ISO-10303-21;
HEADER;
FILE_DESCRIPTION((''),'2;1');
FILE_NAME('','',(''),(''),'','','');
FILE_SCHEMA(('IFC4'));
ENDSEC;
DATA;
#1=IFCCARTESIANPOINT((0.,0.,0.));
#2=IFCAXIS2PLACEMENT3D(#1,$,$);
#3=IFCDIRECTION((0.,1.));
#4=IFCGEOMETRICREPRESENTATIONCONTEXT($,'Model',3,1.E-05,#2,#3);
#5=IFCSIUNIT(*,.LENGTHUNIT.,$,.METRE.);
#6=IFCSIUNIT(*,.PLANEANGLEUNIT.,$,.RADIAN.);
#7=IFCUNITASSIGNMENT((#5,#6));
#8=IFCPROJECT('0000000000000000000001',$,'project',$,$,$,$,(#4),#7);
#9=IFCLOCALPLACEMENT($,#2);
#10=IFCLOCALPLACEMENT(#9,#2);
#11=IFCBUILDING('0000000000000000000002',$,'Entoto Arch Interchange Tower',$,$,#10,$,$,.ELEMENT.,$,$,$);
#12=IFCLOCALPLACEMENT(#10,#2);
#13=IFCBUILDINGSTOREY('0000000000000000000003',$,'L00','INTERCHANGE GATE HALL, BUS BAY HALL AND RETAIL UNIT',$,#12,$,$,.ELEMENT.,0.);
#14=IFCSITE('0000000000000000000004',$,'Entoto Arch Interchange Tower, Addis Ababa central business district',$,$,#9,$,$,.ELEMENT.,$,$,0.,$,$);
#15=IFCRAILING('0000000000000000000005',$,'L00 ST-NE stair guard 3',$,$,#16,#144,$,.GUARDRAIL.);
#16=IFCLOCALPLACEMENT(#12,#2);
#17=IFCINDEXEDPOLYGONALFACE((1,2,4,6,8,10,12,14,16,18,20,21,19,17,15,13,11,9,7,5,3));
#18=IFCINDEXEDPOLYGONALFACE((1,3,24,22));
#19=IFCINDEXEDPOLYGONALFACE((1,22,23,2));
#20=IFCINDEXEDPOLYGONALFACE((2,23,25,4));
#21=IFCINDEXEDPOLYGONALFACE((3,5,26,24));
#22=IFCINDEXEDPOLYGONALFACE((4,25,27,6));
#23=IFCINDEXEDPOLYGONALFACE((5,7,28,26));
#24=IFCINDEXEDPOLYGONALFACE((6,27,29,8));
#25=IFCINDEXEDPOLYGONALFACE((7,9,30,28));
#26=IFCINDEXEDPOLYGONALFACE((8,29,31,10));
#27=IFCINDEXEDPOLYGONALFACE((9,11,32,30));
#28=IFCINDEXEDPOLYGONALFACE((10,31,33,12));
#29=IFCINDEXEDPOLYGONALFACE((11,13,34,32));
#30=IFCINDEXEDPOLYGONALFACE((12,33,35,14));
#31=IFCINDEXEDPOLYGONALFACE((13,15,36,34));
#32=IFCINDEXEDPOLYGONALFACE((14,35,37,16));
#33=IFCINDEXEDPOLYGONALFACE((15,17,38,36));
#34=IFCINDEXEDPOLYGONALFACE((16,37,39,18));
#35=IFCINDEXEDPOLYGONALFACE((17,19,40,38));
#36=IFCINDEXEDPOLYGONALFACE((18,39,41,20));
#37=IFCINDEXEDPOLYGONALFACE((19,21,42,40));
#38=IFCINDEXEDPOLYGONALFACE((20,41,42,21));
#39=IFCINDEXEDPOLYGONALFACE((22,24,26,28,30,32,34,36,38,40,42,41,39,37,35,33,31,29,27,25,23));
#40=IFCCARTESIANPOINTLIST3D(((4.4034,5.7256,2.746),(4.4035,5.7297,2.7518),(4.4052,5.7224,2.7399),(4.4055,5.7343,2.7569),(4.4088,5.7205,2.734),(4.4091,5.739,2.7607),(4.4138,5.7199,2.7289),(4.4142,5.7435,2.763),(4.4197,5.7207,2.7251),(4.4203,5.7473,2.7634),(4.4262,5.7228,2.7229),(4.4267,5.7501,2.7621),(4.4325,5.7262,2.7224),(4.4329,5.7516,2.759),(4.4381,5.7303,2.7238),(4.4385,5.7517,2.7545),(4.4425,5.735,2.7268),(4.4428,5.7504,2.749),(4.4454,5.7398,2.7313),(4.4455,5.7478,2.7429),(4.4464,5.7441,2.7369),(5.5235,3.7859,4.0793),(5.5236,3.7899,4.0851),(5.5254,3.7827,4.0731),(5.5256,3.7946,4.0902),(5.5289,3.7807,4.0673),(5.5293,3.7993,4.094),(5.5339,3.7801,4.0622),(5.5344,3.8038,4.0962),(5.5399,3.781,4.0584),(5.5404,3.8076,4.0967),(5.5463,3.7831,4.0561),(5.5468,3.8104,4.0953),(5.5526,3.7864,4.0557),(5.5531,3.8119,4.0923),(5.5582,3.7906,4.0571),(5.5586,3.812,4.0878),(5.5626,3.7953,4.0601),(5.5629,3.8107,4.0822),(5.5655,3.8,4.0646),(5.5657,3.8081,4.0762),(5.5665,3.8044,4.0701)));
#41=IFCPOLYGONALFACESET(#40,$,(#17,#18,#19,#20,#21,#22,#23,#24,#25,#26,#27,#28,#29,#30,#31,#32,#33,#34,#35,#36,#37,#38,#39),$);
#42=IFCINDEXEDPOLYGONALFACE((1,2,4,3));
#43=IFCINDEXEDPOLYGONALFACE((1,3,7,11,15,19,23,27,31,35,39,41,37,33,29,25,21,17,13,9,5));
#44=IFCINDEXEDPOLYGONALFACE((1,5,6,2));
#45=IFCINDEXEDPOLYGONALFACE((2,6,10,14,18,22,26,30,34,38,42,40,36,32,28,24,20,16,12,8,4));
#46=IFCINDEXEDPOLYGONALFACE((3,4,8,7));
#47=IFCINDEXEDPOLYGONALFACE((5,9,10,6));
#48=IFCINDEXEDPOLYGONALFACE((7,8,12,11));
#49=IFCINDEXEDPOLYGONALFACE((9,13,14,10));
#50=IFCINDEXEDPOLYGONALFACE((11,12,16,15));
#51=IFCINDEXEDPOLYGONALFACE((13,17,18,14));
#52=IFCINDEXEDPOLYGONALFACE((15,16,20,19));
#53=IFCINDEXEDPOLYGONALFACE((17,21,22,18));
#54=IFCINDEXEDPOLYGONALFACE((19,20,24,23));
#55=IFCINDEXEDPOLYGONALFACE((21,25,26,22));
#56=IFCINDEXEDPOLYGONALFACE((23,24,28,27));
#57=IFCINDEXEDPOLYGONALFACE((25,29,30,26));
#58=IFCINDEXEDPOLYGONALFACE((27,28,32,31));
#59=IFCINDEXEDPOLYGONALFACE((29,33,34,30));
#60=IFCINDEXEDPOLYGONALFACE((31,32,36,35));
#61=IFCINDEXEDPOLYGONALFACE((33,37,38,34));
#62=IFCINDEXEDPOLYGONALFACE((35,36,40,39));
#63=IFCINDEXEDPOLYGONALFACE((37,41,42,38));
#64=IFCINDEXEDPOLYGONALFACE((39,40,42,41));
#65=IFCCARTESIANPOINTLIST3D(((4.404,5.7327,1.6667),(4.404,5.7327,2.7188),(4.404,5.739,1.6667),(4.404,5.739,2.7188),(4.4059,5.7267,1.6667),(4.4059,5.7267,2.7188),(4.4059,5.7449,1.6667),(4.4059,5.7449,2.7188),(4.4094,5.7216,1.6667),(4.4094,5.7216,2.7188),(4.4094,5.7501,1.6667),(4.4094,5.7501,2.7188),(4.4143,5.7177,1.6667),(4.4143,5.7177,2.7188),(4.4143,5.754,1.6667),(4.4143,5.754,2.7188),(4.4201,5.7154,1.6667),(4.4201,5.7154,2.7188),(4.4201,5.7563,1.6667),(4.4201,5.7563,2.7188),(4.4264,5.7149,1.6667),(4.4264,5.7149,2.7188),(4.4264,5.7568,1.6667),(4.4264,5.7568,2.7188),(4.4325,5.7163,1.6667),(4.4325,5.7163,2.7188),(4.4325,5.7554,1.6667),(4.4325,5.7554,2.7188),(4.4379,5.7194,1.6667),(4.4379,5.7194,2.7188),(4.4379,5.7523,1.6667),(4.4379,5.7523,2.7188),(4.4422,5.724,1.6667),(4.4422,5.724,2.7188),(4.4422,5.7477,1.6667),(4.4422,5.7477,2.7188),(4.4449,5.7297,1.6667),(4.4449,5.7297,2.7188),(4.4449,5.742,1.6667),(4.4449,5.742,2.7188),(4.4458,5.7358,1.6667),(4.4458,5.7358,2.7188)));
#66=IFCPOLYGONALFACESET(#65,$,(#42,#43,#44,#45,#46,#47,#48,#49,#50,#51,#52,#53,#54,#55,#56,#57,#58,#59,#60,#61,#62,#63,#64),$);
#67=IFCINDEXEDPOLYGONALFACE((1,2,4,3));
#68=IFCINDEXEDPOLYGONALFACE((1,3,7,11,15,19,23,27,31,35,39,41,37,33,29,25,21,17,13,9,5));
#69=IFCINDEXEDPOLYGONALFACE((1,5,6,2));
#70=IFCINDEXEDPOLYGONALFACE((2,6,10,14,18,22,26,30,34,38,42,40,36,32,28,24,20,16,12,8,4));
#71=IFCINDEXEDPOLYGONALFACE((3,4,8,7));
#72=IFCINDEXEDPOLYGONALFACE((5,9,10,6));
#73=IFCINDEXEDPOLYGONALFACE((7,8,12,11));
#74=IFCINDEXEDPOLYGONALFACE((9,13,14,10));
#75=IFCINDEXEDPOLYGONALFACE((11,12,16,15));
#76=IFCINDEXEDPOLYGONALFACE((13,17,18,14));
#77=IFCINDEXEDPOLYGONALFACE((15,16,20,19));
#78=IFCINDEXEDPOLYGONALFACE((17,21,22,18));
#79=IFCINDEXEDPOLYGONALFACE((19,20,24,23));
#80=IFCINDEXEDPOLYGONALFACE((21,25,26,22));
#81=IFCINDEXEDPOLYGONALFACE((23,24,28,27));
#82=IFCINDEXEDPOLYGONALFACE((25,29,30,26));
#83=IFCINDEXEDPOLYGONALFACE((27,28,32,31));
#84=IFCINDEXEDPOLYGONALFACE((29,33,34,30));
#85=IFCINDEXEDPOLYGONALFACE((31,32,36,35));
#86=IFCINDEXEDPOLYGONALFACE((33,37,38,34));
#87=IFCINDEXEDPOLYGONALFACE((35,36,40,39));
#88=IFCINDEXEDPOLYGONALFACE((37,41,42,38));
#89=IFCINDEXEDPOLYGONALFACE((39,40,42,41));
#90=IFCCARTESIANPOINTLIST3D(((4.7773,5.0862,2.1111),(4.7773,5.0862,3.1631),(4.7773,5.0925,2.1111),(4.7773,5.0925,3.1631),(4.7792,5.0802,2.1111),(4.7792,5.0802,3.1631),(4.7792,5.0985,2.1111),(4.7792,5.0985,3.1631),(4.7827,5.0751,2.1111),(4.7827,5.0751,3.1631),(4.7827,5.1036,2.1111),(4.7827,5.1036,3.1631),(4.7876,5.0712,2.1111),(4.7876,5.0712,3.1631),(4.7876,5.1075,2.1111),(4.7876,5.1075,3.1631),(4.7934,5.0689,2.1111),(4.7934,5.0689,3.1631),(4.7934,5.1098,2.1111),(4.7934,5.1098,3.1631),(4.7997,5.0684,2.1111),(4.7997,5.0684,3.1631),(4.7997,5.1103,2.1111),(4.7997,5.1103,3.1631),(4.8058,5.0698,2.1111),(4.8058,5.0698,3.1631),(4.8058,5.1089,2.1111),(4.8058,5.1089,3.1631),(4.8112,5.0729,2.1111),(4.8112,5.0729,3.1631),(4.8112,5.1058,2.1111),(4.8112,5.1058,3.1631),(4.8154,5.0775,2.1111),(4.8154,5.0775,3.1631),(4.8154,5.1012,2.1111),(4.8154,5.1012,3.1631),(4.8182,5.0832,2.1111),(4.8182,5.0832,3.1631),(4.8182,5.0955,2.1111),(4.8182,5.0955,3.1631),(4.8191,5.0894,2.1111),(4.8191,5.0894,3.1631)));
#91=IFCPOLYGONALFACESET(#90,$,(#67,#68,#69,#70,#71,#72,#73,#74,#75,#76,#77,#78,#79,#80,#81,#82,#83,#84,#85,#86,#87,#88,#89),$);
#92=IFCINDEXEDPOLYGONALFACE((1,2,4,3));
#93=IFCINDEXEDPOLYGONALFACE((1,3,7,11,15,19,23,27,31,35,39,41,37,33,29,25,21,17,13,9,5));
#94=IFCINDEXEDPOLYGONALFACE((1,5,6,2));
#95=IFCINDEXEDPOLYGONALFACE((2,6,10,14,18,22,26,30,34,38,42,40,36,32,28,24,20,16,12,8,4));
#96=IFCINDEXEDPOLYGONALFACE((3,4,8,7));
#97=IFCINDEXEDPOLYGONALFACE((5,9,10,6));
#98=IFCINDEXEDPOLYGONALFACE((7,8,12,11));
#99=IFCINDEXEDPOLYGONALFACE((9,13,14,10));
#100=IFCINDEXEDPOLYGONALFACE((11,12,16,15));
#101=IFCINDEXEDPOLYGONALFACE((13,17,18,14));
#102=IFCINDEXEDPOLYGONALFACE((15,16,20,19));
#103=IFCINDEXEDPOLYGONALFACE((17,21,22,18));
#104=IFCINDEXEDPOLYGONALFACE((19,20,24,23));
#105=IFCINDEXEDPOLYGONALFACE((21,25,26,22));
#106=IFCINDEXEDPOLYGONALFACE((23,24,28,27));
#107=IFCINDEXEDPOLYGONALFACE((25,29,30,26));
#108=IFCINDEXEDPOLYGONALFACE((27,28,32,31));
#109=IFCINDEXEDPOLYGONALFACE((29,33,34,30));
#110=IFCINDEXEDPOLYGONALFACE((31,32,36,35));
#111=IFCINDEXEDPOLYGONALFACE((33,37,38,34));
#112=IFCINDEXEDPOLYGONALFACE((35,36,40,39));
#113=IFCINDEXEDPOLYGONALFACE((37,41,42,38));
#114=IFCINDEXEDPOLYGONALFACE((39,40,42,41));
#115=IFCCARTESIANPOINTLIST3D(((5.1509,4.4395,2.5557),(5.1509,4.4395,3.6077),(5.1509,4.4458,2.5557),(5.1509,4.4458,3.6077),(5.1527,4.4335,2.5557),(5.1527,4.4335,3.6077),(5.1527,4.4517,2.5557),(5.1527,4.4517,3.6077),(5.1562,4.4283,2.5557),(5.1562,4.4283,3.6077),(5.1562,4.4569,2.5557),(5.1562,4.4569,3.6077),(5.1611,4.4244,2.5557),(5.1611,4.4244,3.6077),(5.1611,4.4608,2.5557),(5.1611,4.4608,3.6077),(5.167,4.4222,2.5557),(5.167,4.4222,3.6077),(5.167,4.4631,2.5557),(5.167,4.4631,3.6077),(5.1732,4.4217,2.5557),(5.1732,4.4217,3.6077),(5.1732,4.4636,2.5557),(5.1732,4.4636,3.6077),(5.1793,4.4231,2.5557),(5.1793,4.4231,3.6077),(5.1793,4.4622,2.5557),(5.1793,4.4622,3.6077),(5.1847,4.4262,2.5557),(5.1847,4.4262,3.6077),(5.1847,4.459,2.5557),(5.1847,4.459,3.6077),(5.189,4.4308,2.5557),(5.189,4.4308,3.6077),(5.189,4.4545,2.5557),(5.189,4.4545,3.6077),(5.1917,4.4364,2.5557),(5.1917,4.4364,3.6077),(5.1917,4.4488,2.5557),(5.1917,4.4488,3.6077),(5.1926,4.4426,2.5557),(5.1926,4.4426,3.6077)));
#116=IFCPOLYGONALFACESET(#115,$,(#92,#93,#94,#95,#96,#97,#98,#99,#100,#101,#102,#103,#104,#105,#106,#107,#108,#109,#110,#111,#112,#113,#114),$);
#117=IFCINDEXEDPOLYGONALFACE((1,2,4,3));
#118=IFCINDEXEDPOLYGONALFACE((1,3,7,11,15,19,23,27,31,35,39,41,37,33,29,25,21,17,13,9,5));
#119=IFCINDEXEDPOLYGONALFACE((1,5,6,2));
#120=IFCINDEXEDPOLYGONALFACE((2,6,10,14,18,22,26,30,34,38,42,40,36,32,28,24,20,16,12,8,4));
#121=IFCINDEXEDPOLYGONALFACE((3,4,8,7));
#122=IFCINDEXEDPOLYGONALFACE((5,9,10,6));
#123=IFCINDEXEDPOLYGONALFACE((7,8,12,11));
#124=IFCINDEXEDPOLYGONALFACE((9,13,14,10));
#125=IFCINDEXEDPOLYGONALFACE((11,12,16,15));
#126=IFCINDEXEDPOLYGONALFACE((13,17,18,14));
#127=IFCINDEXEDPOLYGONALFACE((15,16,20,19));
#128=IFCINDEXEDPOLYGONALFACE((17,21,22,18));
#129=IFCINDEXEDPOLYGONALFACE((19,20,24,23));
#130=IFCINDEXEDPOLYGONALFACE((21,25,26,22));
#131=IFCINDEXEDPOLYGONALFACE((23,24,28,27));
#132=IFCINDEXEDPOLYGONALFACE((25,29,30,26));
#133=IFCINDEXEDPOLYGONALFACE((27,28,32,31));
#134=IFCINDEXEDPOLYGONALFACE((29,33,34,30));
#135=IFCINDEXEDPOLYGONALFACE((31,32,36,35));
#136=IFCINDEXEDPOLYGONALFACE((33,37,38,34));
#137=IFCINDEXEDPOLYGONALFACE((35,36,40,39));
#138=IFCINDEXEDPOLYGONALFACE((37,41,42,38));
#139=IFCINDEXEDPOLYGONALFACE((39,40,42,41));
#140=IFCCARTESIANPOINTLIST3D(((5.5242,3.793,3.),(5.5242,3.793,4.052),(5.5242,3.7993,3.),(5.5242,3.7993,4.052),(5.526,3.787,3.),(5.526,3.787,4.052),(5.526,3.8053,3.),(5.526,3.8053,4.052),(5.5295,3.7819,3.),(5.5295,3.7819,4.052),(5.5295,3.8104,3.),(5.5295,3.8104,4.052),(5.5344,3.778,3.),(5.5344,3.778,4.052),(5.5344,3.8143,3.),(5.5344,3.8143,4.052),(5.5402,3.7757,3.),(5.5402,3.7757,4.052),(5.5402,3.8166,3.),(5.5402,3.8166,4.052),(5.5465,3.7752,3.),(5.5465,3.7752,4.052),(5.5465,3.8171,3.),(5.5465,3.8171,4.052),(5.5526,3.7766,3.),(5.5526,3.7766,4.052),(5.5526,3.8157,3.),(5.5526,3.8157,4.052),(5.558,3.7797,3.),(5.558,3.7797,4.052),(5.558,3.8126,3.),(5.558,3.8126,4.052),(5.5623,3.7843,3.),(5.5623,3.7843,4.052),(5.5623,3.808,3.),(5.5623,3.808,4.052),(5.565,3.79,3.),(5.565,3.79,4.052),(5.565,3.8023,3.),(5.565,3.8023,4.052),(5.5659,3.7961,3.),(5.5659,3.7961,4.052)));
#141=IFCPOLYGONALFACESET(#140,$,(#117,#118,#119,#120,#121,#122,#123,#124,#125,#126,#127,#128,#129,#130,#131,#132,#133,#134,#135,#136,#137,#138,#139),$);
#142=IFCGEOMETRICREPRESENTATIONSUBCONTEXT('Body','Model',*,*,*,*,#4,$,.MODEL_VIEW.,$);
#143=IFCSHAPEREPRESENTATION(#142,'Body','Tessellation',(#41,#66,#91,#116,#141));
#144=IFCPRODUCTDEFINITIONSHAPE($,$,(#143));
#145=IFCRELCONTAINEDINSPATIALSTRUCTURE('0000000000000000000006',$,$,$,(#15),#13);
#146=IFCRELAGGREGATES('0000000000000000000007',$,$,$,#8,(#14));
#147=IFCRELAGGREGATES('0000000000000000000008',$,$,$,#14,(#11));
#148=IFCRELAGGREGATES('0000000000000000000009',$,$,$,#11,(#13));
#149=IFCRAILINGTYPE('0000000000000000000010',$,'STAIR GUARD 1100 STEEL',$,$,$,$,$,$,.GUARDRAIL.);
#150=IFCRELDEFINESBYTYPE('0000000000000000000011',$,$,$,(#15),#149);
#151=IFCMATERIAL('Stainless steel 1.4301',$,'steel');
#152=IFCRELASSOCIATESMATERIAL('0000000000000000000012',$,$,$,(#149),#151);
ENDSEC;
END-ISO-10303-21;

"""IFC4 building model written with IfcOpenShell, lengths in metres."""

from ifc_helpers import new_model, si_unit, direction, frame, origin, origin_2d, place, context, subcontext, project, spatial, circle, extrude, material, type_object, element, save


model = new_model("IFC4")

# Units and contexts
model_context = context("Model", 3, precision=1e-05, world=origin(), true_north=direction((0.0, 1.0)))
body_context = subcontext(model_context, "Body", "Model", "MODEL_VIEW")
ifc_project = project(units=[si_unit("LENGTHUNIT", "METRE"), si_unit("PLANEANGLEUNIT", "RADIAN")], contexts=[model_context])

# Site, building, storey
site_placement = place(None, origin())
site = spatial("IfcSite", under=ifc_project, at=site_placement, Name="Entoto Arch Interchange Tower, Addis Ababa central business district", CompositionType="ELEMENT", RefElevation=0.0)
building_placement = place(site_placement, origin())
building = spatial("IfcBuilding", under=site, at=building_placement, Name="Entoto Arch Interchange Tower", CompositionType="ELEMENT")
storey_placement = place(building_placement, origin())
storey = spatial("IfcBuildingStorey", under=building, at=storey_placement, Name="L00", Description="INTERCHANGE GATE HALL, BUS BAY HALL AND RETAIL UNIT", CompositionType="ELEMENT", Elevation=0.0)

# Railing
ifc_material_1 = material(Name="Stainless steel 1.4301", Category="steel")
railing_type_1 = type_object("IfcRailingType", Name="STAIR GUARD 1100 STEEL", PredefinedType="GUARDRAIL", material=ifc_material_1)
railing_1_placement = place(storey_placement, frame((4.4248, 5.7358, 1.6667)))
element("IfcRailing", 1, at=railing_1_placement, inside=storey, type_object=railing_type_1, Name="L00 ST-NE stair guard 3", PredefinedType="GUARDRAIL", context=body_context, shape_type="SweptSolid", body=[
    extrude(circle(Radius=0.0239, at=origin_2d()), frame((0.0, 0.0, 1.0762), z_axis=(0.429714, -0.744133, 0.51148), x_axis=(0.86598, 0.500078, 0.0)), (0.0, 0.0, 1.0), 2.6067),
    extrude(circle(Radius=0.021, at=origin_2d()), origin(), (0.0, 0.0, 1.0), 1.052),
    extrude(circle(Radius=0.021, at=origin_2d()), frame((0.3733, -0.6465, 0.4443)), (0.0, 0.0, 1.0), 1.052),
    extrude(circle(Radius=0.021, at=origin_2d()), frame((0.7468, -1.2932, 0.8889)), (0.0, 0.0, 1.0), 1.052),
    extrude(circle(Radius=0.021, at=origin_2d()), frame((1.1201, -1.9397, 1.3333)), (0.0, 0.0, 1.0), 1.052),
])

save(model, "model.ifc")
